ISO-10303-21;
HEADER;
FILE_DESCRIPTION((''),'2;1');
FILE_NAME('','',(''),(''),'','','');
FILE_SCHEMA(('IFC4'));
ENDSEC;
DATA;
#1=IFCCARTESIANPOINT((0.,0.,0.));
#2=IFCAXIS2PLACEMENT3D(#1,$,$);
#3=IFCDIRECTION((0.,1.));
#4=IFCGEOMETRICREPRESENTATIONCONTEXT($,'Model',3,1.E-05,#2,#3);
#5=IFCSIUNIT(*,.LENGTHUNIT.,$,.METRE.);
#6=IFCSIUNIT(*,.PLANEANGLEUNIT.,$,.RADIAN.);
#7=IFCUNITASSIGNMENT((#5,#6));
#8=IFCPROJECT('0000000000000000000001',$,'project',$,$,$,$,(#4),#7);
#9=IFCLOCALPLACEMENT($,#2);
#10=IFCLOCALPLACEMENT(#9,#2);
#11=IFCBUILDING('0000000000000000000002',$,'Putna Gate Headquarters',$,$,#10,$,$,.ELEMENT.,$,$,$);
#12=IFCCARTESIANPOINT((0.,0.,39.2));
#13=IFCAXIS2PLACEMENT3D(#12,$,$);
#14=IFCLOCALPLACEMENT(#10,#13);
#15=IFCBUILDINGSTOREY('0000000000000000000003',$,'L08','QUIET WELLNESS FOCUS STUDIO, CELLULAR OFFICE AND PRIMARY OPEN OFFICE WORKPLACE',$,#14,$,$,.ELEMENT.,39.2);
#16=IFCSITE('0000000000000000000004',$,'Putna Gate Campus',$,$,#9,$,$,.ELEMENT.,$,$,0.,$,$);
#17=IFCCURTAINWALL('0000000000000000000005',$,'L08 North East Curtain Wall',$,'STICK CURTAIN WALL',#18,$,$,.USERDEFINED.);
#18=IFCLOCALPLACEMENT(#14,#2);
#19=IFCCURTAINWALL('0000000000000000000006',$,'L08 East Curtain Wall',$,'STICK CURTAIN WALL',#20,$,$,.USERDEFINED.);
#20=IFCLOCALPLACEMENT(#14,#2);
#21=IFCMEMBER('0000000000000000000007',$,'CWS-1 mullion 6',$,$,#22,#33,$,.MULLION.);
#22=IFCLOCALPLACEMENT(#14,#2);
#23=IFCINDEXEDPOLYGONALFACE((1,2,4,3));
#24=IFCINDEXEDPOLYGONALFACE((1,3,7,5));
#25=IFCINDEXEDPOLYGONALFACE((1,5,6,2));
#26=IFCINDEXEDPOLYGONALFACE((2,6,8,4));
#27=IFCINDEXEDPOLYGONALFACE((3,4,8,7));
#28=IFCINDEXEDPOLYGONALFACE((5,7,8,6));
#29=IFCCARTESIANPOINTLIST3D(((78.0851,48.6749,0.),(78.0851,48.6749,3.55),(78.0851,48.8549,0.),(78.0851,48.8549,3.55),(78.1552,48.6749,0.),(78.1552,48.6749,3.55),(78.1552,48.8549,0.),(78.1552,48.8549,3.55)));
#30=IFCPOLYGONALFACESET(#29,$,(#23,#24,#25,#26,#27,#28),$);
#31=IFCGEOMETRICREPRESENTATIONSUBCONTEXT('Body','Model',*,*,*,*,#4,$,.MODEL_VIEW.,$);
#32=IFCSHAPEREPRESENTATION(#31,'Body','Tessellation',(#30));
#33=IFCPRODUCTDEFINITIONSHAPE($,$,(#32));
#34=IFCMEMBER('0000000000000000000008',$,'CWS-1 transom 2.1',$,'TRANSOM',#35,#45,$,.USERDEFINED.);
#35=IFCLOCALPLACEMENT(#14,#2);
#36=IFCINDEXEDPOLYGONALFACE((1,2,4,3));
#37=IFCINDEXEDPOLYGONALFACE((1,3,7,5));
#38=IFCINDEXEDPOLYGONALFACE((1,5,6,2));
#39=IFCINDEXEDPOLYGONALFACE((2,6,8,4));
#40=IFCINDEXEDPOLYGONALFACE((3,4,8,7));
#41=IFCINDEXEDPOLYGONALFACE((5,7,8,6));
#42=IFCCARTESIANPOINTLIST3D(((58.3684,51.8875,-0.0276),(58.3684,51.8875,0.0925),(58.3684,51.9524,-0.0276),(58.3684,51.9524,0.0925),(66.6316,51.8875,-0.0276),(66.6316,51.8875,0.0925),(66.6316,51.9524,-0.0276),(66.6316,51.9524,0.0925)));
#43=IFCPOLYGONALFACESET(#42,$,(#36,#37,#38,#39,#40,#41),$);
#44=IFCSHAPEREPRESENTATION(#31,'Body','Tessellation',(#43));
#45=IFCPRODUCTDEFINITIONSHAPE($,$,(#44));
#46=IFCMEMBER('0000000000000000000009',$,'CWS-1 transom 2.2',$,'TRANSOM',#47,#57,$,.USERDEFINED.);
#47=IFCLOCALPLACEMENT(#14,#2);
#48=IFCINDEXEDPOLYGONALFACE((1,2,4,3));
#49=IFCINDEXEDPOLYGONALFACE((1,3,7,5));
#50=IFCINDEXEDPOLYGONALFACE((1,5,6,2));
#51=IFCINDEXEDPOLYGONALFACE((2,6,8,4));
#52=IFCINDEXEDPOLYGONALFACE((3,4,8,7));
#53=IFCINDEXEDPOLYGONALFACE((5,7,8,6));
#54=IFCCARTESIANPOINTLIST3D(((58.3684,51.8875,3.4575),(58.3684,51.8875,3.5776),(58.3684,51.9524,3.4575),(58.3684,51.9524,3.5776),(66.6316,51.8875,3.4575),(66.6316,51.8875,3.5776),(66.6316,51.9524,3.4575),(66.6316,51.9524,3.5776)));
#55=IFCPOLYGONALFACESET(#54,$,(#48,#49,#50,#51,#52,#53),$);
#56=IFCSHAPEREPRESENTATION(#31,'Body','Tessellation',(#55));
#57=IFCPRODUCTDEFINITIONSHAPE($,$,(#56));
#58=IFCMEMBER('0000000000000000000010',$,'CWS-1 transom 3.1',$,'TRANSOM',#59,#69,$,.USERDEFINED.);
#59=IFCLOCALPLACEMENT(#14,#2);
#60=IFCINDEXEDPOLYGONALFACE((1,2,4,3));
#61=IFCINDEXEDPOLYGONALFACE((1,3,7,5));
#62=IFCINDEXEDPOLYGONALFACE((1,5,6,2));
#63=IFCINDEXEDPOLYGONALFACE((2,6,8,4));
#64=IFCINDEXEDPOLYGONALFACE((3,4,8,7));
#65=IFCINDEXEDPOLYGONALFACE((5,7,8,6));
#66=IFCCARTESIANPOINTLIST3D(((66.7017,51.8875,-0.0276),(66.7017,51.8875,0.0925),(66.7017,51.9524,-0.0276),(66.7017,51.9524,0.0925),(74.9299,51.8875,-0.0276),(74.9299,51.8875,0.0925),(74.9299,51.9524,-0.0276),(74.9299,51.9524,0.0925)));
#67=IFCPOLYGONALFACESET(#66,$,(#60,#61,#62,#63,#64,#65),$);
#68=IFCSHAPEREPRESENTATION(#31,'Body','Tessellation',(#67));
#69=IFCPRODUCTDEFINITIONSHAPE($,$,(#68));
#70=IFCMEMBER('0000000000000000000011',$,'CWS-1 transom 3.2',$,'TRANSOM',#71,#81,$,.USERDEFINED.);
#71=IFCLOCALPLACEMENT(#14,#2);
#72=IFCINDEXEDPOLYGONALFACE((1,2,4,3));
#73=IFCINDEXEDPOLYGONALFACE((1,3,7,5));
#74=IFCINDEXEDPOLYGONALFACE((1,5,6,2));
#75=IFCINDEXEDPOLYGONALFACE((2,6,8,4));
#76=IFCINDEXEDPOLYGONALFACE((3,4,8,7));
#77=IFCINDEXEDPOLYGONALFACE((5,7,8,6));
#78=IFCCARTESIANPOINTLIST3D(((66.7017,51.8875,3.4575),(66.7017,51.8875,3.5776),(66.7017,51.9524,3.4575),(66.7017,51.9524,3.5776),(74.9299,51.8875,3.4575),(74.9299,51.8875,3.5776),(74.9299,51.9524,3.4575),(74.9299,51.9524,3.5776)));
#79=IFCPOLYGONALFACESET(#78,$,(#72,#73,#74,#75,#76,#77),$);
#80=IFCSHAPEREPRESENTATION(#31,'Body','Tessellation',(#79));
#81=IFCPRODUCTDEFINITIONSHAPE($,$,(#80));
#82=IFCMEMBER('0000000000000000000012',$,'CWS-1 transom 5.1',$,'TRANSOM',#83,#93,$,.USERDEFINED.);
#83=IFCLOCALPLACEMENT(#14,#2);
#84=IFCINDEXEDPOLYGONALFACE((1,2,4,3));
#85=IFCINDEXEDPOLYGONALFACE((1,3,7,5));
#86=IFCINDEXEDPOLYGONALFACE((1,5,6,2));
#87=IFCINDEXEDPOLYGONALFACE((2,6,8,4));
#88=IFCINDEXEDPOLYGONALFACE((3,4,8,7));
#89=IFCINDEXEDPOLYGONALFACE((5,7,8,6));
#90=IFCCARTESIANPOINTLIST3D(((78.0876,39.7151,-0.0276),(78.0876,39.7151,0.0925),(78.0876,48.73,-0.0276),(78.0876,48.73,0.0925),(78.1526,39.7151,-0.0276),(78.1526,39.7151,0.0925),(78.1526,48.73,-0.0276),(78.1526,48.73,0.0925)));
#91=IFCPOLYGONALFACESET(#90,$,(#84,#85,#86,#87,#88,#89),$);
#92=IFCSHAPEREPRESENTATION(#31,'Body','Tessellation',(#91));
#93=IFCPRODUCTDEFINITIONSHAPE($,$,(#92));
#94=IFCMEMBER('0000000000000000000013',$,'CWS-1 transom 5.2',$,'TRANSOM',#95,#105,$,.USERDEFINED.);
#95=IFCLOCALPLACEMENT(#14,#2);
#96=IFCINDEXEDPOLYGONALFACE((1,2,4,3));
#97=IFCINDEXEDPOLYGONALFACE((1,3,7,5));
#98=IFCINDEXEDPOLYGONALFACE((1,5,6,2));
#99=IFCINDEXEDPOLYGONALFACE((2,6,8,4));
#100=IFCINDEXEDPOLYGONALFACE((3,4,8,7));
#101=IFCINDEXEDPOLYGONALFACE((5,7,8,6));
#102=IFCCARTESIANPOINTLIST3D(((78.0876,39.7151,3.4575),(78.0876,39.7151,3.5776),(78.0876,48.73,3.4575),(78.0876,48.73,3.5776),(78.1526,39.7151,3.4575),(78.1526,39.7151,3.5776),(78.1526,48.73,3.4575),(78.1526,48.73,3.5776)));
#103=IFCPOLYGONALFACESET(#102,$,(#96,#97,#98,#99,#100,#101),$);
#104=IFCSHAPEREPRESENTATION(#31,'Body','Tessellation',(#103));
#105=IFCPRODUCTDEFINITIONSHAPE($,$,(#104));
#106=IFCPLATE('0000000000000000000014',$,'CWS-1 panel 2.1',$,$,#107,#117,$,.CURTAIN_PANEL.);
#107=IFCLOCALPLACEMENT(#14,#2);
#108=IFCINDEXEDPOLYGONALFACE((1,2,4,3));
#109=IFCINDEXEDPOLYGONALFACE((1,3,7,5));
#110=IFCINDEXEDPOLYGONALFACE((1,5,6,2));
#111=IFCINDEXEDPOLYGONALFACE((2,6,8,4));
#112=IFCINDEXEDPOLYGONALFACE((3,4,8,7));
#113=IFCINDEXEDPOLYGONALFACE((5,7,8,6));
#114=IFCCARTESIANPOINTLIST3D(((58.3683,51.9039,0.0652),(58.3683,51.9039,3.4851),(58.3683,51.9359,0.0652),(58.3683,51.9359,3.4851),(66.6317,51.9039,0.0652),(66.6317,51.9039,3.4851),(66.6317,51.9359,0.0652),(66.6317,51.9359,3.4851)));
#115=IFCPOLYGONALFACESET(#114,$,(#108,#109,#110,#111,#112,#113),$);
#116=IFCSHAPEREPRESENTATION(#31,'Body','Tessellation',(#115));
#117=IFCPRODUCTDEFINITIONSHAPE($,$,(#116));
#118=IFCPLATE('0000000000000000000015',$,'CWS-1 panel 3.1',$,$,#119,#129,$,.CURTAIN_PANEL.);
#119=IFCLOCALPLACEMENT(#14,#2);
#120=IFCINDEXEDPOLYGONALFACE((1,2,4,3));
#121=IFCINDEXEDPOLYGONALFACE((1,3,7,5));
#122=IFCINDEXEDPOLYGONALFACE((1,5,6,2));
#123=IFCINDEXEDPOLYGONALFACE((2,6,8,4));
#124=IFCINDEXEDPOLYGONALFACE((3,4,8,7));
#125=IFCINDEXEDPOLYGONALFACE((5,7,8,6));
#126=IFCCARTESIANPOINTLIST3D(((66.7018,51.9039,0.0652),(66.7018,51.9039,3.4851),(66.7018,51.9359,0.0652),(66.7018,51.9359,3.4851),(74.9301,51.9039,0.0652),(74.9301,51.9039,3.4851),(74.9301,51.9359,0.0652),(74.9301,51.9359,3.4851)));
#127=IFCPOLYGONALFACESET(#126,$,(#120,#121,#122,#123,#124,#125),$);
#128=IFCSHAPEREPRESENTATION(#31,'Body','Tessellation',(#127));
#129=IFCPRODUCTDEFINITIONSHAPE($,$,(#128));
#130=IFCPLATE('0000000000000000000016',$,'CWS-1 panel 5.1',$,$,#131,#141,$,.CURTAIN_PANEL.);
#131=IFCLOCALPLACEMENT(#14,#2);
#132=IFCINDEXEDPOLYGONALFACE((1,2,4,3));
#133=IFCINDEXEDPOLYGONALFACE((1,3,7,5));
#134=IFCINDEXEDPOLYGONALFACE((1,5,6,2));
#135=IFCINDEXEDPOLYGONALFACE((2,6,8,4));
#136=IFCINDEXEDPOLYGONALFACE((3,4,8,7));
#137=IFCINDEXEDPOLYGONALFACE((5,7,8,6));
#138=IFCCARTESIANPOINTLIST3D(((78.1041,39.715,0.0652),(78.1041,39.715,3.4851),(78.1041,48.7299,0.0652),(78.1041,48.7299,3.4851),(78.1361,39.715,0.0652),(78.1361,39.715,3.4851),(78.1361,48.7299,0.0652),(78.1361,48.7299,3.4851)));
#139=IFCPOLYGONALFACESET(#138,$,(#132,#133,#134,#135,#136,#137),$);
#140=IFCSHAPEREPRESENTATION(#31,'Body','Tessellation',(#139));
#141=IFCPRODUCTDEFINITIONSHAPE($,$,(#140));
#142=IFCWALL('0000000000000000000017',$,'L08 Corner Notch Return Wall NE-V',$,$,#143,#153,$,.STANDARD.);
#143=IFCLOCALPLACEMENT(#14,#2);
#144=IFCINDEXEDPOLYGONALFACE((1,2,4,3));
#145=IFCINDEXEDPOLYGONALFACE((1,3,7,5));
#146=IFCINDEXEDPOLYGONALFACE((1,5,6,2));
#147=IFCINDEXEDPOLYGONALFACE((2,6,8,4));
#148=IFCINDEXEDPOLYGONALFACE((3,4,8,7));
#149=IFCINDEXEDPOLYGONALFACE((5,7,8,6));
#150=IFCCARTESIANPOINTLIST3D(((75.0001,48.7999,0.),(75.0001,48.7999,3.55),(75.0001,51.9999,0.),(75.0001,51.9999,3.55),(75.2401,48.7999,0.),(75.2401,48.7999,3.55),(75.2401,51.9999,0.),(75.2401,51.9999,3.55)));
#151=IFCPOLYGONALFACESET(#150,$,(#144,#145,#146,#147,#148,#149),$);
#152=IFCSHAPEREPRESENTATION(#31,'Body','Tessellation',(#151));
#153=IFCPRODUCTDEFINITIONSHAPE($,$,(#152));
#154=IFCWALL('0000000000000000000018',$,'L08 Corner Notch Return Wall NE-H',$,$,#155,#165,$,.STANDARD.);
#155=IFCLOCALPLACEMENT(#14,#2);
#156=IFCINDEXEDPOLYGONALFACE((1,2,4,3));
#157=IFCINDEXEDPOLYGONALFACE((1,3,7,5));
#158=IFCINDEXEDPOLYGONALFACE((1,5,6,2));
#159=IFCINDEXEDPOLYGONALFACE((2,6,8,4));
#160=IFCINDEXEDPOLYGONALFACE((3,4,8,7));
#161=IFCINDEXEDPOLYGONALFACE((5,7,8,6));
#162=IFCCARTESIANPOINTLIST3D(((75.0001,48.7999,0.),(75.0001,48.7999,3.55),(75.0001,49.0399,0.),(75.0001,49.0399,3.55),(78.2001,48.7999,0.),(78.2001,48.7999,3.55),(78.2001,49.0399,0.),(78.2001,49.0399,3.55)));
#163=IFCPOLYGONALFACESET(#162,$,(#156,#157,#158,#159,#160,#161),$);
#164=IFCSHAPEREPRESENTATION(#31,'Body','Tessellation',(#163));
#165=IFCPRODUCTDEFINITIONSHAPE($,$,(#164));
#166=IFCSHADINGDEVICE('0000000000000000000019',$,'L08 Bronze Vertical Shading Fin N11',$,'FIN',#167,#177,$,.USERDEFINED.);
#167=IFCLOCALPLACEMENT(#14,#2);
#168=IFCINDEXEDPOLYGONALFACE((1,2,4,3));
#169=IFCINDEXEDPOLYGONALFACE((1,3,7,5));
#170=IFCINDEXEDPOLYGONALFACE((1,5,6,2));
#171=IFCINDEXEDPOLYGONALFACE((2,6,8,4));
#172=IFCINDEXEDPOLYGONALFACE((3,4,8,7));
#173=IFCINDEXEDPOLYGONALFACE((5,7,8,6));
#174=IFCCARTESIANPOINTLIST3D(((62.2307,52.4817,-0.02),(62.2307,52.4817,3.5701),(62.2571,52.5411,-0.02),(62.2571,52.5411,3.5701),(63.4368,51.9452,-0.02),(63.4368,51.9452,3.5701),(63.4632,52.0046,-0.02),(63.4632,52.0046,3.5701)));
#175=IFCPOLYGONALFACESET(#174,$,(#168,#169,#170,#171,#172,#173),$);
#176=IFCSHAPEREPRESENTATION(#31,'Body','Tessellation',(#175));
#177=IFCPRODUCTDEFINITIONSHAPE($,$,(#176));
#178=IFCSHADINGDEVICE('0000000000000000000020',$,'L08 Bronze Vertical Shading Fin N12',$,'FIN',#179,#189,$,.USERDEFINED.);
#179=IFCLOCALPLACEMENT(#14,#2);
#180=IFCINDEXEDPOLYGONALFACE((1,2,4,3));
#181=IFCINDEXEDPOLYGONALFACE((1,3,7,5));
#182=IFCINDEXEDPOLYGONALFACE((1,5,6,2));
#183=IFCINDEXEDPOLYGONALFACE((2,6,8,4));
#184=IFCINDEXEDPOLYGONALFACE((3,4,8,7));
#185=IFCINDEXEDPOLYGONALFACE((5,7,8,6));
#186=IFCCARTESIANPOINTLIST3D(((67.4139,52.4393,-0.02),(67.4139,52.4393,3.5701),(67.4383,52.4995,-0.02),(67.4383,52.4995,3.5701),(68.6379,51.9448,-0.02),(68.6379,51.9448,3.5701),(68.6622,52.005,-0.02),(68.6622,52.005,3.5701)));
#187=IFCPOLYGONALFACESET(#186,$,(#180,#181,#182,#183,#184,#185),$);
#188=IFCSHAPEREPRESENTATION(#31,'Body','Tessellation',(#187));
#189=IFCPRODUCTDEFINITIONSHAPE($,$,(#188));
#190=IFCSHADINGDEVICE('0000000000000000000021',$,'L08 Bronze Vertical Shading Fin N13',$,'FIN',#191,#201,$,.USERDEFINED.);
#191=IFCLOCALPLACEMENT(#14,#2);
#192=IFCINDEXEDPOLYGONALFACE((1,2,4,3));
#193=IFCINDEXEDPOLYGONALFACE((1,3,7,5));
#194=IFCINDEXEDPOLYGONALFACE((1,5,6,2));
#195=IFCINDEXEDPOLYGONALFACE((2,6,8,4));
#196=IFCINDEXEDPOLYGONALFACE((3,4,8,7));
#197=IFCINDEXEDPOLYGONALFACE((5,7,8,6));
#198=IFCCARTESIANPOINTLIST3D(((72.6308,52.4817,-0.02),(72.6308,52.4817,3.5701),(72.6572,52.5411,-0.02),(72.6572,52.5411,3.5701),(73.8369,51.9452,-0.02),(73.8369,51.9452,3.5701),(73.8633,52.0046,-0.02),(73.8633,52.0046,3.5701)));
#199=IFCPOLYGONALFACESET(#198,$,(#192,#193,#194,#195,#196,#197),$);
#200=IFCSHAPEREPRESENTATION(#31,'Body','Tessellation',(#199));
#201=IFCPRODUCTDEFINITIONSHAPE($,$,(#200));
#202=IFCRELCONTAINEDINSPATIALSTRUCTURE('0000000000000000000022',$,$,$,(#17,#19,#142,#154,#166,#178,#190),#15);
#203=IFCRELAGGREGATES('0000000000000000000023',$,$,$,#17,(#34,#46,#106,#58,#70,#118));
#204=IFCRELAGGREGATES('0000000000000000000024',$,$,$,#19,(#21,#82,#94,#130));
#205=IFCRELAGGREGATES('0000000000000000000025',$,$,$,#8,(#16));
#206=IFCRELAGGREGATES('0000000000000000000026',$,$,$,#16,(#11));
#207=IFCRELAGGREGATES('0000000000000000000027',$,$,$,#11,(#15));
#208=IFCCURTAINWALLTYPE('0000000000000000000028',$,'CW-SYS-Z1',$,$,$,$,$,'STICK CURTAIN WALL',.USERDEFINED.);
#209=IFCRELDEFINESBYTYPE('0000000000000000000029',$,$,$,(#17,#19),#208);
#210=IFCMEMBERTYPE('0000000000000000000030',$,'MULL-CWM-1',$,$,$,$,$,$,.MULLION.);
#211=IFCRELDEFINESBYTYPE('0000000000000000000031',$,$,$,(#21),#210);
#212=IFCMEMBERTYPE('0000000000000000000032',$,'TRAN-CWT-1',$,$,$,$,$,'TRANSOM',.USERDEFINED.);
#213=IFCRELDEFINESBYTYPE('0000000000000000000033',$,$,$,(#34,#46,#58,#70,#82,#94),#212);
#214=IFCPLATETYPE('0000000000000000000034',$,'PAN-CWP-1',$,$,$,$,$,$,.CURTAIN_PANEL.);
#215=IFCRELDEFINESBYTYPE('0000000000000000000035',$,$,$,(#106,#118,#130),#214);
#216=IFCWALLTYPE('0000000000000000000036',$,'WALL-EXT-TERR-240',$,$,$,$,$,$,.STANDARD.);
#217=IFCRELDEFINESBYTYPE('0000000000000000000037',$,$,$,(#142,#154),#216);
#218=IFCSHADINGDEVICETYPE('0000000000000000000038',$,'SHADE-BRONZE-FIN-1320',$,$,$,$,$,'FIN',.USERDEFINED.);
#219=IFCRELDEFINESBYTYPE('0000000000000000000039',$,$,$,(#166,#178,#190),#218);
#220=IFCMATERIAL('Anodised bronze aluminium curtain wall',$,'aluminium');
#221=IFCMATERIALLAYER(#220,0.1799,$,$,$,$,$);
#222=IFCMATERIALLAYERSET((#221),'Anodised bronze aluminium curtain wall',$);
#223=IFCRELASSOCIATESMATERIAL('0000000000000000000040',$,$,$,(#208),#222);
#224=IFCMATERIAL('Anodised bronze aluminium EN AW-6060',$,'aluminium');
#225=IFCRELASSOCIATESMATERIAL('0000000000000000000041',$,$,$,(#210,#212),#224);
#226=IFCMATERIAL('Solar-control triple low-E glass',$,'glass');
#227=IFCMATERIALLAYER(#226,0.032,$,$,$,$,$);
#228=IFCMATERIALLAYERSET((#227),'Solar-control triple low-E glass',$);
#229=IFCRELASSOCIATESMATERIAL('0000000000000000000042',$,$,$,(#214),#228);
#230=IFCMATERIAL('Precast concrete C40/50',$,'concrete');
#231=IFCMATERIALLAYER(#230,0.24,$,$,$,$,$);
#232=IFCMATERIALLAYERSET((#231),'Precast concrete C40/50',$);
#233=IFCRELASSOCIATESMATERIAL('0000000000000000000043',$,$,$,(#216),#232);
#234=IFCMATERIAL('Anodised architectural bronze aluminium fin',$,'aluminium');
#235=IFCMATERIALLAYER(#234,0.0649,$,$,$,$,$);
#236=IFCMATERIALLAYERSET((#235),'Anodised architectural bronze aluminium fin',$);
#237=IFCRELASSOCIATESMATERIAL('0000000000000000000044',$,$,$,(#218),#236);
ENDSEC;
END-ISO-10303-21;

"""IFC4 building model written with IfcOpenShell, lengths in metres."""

from ifc_helpers import new_model, si_unit, direction, frame, frame_2d, origin, origin_2d, place, context, subcontext, project, spatial, rectangle, extrude, material, layer, layer_set, material_profile, profile_set, type_object, element, aggregate, save


model = new_model("IFC4")

# Units and contexts
model_context = context("Model", 3, precision=1e-05, world=origin(), true_north=direction((0.0, 1.0)))
body_context = subcontext(model_context, "Body", "Model", "MODEL_VIEW")
ifc_project = project(units=[si_unit("LENGTHUNIT", "METRE"), si_unit("PLANEANGLEUNIT", "RADIAN")], contexts=[model_context])

# Site, building, storey
site_placement = place(None, origin())
site = spatial("IfcSite", under=ifc_project, at=site_placement, Name="Putna Gate Campus", CompositionType="ELEMENT", RefElevation=0.0)
building_placement = place(site_placement, origin())
building = spatial("IfcBuilding", under=site, at=building_placement, Name="Putna Gate Headquarters", CompositionType="ELEMENT")
storey_placement = place(building_placement, frame((0.0, 0.0, 39.2)))
storey = spatial("IfcBuildingStorey", under=building, at=storey_placement, Name="L08", Description="QUIET WELLNESS FOCUS STUDIO, CELLULAR OFFICE AND PRIMARY OPEN OFFICE WORKPLACE", CompositionType="ELEMENT", Elevation=39.2)

# Curtain wall
ifc_material_1 = material(Name="Anodised bronze aluminium curtain wall", Category="aluminium")
ifc_layer_1 = layer(ifc_material_1, 0.1799)
ifc_layer_set_1 = layer_set([ifc_layer_1], Name="Anodised bronze aluminium curtain wall")
curtain_wall_type = type_object("IfcCurtainWallType", Name="CW-SYS-Z1", ElementType="STICK CURTAIN WALL", PredefinedType="USERDEFINED", material=ifc_layer_set_1)
curtain_wall_1_placement = place(storey_placement, origin())
curtain_wall_1 = element("IfcCurtainWall", 1, at=curtain_wall_1_placement, inside=storey, type_object=curtain_wall_type, Name="L08 North East Curtain Wall", ObjectType="STICK CURTAIN WALL", PredefinedType="USERDEFINED")
ifc_material_2 = material(Name="Anodised bronze aluminium EN AW-6060", Category="aluminium")
ifc_material_profile_1 = material_profile(ifc_material_2, rectangle(XDim=0.0701, YDim=0.1799, at=origin_2d()), Name="Anodised bronze aluminium EN AW-6060")
ifc_profile_set_1 = profile_set([ifc_material_profile_1], Name="Anodised bronze aluminium EN AW-6060")
member_type_1 = type_object("IfcMemberType", Name="MULL-CWM-1", PredefinedType="MULLION", material=ifc_profile_set_1)

# Curtain wall, member
curtain_wall_2_placement = place(storey_placement, origin())
curtain_wall_2 = element("IfcCurtainWall", 2, at=curtain_wall_2_placement, inside=storey, type_object=curtain_wall_type, Name="L08 East Curtain Wall", ObjectType="STICK CURTAIN WALL", PredefinedType="USERDEFINED")
member_1_placement = place(storey_placement, frame((78.1201, 48.7649, 0.0), z_axis=(0.0, 0.0, 1.0), x_axis=(-1.0, 0.0, 0.0)))
member_1 = element("IfcMember", 3, at=member_1_placement, type_object=member_type_1, Name="CWS-1 mullion 6", PredefinedType="MULLION", context=body_context, shape_type="SweptSolid", body=[
    extrude(rectangle(XDim=0.0701, YDim=0.1799, at=origin_2d()), origin(), (0.0, 0.0, 1.0), 3.55),
])

# Members
ifc_material_profile_2 = material_profile(ifc_material_2, rectangle(XDim=0.0649, YDim=0.1201, at=origin_2d()), Name="Anodised bronze aluminium EN AW-6060")
ifc_profile_set_2 = profile_set([ifc_material_profile_2], Name="Anodised bronze aluminium EN AW-6060")
member_type_2 = type_object("IfcMemberType", Name="TRAN-CWT-1", ElementType="TRANSOM", PredefinedType="USERDEFINED", material=ifc_profile_set_2)
member_2_placement = place(storey_placement, frame((58.3684, 51.9199, 0.0325), z_axis=(1.0, 0.0, 0.0), x_axis=(0.0, 1.0, 0.0)))
member_2 = element("IfcMember", 4, at=member_2_placement, type_object=member_type_2, Name="CWS-1 transom 2.1", ObjectType="TRANSOM", PredefinedType="USERDEFINED", context=body_context, shape_type="SweptSolid", body=[
    extrude(rectangle(XDim=0.0649, YDim=0.1201, at=origin_2d()), origin(), (0.0, 0.0, 1.0), 8.2632),
])
member_3_placement = place(storey_placement, frame((58.3684, 51.9199, 3.5176), z_axis=(1.0, 0.0, 0.0), x_axis=(0.0, 1.0, 0.0)))
member_3 = element("IfcMember", 5, at=member_3_placement, type_object=member_type_2, Name="CWS-1 transom 2.2", ObjectType="TRANSOM", PredefinedType="USERDEFINED", context=body_context, shape_type="SweptSolid", body=[
    extrude(rectangle(XDim=0.0649, YDim=0.1201, at=origin_2d()), origin(), (0.0, 0.0, 1.0), 8.2632),
])
member_4_placement = place(storey_placement, frame((66.7017, 51.9199, 0.0325), z_axis=(1.0, 0.0, 0.0), x_axis=(0.0, 1.0, 0.0)))
member_4 = element("IfcMember", 6, at=member_4_placement, type_object=member_type_2, Name="CWS-1 transom 3.1", ObjectType="TRANSOM", PredefinedType="USERDEFINED", context=body_context, shape_type="SweptSolid", body=[
    extrude(rectangle(XDim=0.0649, YDim=0.1201, at=origin_2d()), origin(), (0.0, 0.0, 1.0), 8.2283),
])
member_5_placement = place(storey_placement, frame((66.7017, 51.9199, 3.5176), z_axis=(1.0, 0.0, 0.0), x_axis=(0.0, 1.0, 0.0)))
member_5 = element("IfcMember", 7, at=member_5_placement, type_object=member_type_2, Name="CWS-1 transom 3.2", ObjectType="TRANSOM", PredefinedType="USERDEFINED", context=body_context, shape_type="SweptSolid", body=[
    extrude(rectangle(XDim=0.0649, YDim=0.1201, at=origin_2d()), origin(), (0.0, 0.0, 1.0), 8.2283),
])
member_6_placement = place(storey_placement, frame((78.1201, 39.7151, 0.0325), z_axis=(0.0, 1.0, 0.0), x_axis=(-1.0, 0.0, 0.0)))
member_6 = element("IfcMember", 8, at=member_6_placement, type_object=member_type_2, Name="CWS-1 transom 5.1", ObjectType="TRANSOM", PredefinedType="USERDEFINED", context=body_context, shape_type="SweptSolid", body=[
    extrude(rectangle(XDim=0.0649, YDim=0.1201, at=origin_2d()), origin(), (0.0, 0.0, 1.0), 9.0149),
])
member_7_placement = place(storey_placement, frame((78.1201, 39.7151, 3.5176), z_axis=(0.0, 1.0, 0.0), x_axis=(-1.0, 0.0, 0.0)))
member_7 = element("IfcMember", 9, at=member_7_placement, type_object=member_type_2, Name="CWS-1 transom 5.2", ObjectType="TRANSOM", PredefinedType="USERDEFINED", context=body_context, shape_type="SweptSolid", body=[
    extrude(rectangle(XDim=0.0649, YDim=0.1201, at=origin_2d()), origin(), (0.0, 0.0, 1.0), 9.0149),
])

# Plates
ifc_material_3 = material(Name="Solar-control triple low-E glass", Category="glass")
ifc_layer_2 = layer(ifc_material_3, 0.032)
ifc_layer_set_2 = layer_set([ifc_layer_2], Name="Solar-control triple low-E glass")
plate_type = type_object("IfcPlateType", Name="PAN-CWP-1", PredefinedType="CURTAIN_PANEL", material=ifc_layer_set_2)
plate_1_placement = place(storey_placement, frame((62.5, 51.9199, 0.0652), z_axis=(0.0, 0.0, 1.0), x_axis=(1.0, 0.0, 0.0)))
plate_1 = element("IfcPlate", 10, at=plate_1_placement, type_object=plate_type, Name="CWS-1 panel 2.1", PredefinedType="CURTAIN_PANEL", context=body_context, shape_type="SweptSolid", body=[
    extrude(rectangle(XDim=8.2634, YDim=0.032, at=origin_2d()), origin(), (0.0, 0.0, 1.0), 3.4199),
])
plate_2_placement = place(storey_placement, frame((70.8159, 51.9199, 0.0652), z_axis=(0.0, 0.0, 1.0), x_axis=(1.0, 0.0, 0.0)))
plate_2 = element("IfcPlate", 11, at=plate_2_placement, type_object=plate_type, Name="CWS-1 panel 3.1", PredefinedType="CURTAIN_PANEL", context=body_context, shape_type="SweptSolid", body=[
    extrude(rectangle(XDim=8.2283, YDim=0.032, at=origin_2d()), origin(), (0.0, 0.0, 1.0), 3.4199),
])
aggregate(curtain_wall_1, [member_2, member_3, plate_1, member_4, member_5, plate_2])
plate_3_placement = place(storey_placement, frame((78.1201, 44.2224, 0.0652), z_axis=(0.0, 0.0, 1.0), x_axis=(0.0, 1.0, 0.0)))
plate_3 = element("IfcPlate", 12, at=plate_3_placement, type_object=plate_type, Name="CWS-1 panel 5.1", PredefinedType="CURTAIN_PANEL", context=body_context, shape_type="SweptSolid", body=[
    extrude(rectangle(XDim=9.0149, YDim=0.032, at=origin_2d()), origin(), (0.0, 0.0, 1.0), 3.4199),
])
aggregate(curtain_wall_2, [member_1, member_6, member_7, plate_3])

# Walls
ifc_material_4 = material(Name="Precast concrete C40/50", Category="concrete")
ifc_layer_3 = layer(ifc_material_4, 0.24)
ifc_layer_set_3 = layer_set([ifc_layer_3], Name="Precast concrete C40/50")
wall_type = type_object("IfcWallType", Name="WALL-EXT-TERR-240", PredefinedType="STANDARD", material=ifc_layer_set_3)
for number, where, z_axis, x_axis, name in (
    (13, (75.1201, 52.0, 0.0), (0.0, 0.0, 1.0), (0.0, -1.0, 0.0), "L08 Corner Notch Return Wall NE-V"),
    (14, (75.0, 48.9199, 0.0), (0.0, 0.0, 1.0), (1.0, 0.0, 0.0), "L08 Corner Notch Return Wall NE-H"),
):
    element("IfcWall", number, at=place(storey_placement, frame(where, z_axis=z_axis, x_axis=x_axis)), inside=storey, type_object=wall_type, Name=name, PredefinedType="STANDARD", context=body_context, shape_type="SweptSolid", body=[
        extrude(rectangle(XDim=3.2, YDim=0.24, at=frame_2d((1.6001, 0.0))), origin(), (0.0, 0.0, 1.0), 3.55),
    ])

# Shading devices
ifc_material_5 = material(Name="Anodised architectural bronze aluminium fin", Category="aluminium")
ifc_layer_4 = layer(ifc_material_5, 0.0649)
ifc_layer_set_4 = layer_set([ifc_layer_4], Name="Anodised architectural bronze aluminium fin")
shading_device_type = type_object("IfcShadingDeviceType", Name="SHADE-BRONZE-FIN-1320", ElementType="FIN", PredefinedType="USERDEFINED", material=ifc_layer_set_4)
for number, where, z_axis, x_axis, name in (
    (15, (62.8469, 52.2432, -0.02), (0.0, 0.0, 1.0), (-0.913687, 0.406418, 0.0), "L08 Bronze Vertical Shading Fin N11"),
    (16, (68.0381, 52.2222, -0.02), (0.0, 0.0, 1.0), (-0.927184, 0.374607, 0.0), "L08 Bronze Vertical Shading Fin N12"),
    (17, (73.2471, 52.2432, -0.02), (0.0, 0.0, 1.0), (-0.913687, 0.406418, 0.0), "L08 Bronze Vertical Shading Fin N13"),
):
    element("IfcShadingDevice", number, at=place(storey_placement, frame(where, z_axis=z_axis, x_axis=x_axis)), inside=storey, type_object=shading_device_type, Name=name, ObjectType="FIN", PredefinedType="USERDEFINED", context=body_context, shape_type="SweptSolid", body=[
        extrude(rectangle(XDim=1.3201, YDim=0.0649, at=origin_2d()), origin(), (0.0, 0.0, 1.0), 3.5901),
    ])

save(model, "model.ifc")
